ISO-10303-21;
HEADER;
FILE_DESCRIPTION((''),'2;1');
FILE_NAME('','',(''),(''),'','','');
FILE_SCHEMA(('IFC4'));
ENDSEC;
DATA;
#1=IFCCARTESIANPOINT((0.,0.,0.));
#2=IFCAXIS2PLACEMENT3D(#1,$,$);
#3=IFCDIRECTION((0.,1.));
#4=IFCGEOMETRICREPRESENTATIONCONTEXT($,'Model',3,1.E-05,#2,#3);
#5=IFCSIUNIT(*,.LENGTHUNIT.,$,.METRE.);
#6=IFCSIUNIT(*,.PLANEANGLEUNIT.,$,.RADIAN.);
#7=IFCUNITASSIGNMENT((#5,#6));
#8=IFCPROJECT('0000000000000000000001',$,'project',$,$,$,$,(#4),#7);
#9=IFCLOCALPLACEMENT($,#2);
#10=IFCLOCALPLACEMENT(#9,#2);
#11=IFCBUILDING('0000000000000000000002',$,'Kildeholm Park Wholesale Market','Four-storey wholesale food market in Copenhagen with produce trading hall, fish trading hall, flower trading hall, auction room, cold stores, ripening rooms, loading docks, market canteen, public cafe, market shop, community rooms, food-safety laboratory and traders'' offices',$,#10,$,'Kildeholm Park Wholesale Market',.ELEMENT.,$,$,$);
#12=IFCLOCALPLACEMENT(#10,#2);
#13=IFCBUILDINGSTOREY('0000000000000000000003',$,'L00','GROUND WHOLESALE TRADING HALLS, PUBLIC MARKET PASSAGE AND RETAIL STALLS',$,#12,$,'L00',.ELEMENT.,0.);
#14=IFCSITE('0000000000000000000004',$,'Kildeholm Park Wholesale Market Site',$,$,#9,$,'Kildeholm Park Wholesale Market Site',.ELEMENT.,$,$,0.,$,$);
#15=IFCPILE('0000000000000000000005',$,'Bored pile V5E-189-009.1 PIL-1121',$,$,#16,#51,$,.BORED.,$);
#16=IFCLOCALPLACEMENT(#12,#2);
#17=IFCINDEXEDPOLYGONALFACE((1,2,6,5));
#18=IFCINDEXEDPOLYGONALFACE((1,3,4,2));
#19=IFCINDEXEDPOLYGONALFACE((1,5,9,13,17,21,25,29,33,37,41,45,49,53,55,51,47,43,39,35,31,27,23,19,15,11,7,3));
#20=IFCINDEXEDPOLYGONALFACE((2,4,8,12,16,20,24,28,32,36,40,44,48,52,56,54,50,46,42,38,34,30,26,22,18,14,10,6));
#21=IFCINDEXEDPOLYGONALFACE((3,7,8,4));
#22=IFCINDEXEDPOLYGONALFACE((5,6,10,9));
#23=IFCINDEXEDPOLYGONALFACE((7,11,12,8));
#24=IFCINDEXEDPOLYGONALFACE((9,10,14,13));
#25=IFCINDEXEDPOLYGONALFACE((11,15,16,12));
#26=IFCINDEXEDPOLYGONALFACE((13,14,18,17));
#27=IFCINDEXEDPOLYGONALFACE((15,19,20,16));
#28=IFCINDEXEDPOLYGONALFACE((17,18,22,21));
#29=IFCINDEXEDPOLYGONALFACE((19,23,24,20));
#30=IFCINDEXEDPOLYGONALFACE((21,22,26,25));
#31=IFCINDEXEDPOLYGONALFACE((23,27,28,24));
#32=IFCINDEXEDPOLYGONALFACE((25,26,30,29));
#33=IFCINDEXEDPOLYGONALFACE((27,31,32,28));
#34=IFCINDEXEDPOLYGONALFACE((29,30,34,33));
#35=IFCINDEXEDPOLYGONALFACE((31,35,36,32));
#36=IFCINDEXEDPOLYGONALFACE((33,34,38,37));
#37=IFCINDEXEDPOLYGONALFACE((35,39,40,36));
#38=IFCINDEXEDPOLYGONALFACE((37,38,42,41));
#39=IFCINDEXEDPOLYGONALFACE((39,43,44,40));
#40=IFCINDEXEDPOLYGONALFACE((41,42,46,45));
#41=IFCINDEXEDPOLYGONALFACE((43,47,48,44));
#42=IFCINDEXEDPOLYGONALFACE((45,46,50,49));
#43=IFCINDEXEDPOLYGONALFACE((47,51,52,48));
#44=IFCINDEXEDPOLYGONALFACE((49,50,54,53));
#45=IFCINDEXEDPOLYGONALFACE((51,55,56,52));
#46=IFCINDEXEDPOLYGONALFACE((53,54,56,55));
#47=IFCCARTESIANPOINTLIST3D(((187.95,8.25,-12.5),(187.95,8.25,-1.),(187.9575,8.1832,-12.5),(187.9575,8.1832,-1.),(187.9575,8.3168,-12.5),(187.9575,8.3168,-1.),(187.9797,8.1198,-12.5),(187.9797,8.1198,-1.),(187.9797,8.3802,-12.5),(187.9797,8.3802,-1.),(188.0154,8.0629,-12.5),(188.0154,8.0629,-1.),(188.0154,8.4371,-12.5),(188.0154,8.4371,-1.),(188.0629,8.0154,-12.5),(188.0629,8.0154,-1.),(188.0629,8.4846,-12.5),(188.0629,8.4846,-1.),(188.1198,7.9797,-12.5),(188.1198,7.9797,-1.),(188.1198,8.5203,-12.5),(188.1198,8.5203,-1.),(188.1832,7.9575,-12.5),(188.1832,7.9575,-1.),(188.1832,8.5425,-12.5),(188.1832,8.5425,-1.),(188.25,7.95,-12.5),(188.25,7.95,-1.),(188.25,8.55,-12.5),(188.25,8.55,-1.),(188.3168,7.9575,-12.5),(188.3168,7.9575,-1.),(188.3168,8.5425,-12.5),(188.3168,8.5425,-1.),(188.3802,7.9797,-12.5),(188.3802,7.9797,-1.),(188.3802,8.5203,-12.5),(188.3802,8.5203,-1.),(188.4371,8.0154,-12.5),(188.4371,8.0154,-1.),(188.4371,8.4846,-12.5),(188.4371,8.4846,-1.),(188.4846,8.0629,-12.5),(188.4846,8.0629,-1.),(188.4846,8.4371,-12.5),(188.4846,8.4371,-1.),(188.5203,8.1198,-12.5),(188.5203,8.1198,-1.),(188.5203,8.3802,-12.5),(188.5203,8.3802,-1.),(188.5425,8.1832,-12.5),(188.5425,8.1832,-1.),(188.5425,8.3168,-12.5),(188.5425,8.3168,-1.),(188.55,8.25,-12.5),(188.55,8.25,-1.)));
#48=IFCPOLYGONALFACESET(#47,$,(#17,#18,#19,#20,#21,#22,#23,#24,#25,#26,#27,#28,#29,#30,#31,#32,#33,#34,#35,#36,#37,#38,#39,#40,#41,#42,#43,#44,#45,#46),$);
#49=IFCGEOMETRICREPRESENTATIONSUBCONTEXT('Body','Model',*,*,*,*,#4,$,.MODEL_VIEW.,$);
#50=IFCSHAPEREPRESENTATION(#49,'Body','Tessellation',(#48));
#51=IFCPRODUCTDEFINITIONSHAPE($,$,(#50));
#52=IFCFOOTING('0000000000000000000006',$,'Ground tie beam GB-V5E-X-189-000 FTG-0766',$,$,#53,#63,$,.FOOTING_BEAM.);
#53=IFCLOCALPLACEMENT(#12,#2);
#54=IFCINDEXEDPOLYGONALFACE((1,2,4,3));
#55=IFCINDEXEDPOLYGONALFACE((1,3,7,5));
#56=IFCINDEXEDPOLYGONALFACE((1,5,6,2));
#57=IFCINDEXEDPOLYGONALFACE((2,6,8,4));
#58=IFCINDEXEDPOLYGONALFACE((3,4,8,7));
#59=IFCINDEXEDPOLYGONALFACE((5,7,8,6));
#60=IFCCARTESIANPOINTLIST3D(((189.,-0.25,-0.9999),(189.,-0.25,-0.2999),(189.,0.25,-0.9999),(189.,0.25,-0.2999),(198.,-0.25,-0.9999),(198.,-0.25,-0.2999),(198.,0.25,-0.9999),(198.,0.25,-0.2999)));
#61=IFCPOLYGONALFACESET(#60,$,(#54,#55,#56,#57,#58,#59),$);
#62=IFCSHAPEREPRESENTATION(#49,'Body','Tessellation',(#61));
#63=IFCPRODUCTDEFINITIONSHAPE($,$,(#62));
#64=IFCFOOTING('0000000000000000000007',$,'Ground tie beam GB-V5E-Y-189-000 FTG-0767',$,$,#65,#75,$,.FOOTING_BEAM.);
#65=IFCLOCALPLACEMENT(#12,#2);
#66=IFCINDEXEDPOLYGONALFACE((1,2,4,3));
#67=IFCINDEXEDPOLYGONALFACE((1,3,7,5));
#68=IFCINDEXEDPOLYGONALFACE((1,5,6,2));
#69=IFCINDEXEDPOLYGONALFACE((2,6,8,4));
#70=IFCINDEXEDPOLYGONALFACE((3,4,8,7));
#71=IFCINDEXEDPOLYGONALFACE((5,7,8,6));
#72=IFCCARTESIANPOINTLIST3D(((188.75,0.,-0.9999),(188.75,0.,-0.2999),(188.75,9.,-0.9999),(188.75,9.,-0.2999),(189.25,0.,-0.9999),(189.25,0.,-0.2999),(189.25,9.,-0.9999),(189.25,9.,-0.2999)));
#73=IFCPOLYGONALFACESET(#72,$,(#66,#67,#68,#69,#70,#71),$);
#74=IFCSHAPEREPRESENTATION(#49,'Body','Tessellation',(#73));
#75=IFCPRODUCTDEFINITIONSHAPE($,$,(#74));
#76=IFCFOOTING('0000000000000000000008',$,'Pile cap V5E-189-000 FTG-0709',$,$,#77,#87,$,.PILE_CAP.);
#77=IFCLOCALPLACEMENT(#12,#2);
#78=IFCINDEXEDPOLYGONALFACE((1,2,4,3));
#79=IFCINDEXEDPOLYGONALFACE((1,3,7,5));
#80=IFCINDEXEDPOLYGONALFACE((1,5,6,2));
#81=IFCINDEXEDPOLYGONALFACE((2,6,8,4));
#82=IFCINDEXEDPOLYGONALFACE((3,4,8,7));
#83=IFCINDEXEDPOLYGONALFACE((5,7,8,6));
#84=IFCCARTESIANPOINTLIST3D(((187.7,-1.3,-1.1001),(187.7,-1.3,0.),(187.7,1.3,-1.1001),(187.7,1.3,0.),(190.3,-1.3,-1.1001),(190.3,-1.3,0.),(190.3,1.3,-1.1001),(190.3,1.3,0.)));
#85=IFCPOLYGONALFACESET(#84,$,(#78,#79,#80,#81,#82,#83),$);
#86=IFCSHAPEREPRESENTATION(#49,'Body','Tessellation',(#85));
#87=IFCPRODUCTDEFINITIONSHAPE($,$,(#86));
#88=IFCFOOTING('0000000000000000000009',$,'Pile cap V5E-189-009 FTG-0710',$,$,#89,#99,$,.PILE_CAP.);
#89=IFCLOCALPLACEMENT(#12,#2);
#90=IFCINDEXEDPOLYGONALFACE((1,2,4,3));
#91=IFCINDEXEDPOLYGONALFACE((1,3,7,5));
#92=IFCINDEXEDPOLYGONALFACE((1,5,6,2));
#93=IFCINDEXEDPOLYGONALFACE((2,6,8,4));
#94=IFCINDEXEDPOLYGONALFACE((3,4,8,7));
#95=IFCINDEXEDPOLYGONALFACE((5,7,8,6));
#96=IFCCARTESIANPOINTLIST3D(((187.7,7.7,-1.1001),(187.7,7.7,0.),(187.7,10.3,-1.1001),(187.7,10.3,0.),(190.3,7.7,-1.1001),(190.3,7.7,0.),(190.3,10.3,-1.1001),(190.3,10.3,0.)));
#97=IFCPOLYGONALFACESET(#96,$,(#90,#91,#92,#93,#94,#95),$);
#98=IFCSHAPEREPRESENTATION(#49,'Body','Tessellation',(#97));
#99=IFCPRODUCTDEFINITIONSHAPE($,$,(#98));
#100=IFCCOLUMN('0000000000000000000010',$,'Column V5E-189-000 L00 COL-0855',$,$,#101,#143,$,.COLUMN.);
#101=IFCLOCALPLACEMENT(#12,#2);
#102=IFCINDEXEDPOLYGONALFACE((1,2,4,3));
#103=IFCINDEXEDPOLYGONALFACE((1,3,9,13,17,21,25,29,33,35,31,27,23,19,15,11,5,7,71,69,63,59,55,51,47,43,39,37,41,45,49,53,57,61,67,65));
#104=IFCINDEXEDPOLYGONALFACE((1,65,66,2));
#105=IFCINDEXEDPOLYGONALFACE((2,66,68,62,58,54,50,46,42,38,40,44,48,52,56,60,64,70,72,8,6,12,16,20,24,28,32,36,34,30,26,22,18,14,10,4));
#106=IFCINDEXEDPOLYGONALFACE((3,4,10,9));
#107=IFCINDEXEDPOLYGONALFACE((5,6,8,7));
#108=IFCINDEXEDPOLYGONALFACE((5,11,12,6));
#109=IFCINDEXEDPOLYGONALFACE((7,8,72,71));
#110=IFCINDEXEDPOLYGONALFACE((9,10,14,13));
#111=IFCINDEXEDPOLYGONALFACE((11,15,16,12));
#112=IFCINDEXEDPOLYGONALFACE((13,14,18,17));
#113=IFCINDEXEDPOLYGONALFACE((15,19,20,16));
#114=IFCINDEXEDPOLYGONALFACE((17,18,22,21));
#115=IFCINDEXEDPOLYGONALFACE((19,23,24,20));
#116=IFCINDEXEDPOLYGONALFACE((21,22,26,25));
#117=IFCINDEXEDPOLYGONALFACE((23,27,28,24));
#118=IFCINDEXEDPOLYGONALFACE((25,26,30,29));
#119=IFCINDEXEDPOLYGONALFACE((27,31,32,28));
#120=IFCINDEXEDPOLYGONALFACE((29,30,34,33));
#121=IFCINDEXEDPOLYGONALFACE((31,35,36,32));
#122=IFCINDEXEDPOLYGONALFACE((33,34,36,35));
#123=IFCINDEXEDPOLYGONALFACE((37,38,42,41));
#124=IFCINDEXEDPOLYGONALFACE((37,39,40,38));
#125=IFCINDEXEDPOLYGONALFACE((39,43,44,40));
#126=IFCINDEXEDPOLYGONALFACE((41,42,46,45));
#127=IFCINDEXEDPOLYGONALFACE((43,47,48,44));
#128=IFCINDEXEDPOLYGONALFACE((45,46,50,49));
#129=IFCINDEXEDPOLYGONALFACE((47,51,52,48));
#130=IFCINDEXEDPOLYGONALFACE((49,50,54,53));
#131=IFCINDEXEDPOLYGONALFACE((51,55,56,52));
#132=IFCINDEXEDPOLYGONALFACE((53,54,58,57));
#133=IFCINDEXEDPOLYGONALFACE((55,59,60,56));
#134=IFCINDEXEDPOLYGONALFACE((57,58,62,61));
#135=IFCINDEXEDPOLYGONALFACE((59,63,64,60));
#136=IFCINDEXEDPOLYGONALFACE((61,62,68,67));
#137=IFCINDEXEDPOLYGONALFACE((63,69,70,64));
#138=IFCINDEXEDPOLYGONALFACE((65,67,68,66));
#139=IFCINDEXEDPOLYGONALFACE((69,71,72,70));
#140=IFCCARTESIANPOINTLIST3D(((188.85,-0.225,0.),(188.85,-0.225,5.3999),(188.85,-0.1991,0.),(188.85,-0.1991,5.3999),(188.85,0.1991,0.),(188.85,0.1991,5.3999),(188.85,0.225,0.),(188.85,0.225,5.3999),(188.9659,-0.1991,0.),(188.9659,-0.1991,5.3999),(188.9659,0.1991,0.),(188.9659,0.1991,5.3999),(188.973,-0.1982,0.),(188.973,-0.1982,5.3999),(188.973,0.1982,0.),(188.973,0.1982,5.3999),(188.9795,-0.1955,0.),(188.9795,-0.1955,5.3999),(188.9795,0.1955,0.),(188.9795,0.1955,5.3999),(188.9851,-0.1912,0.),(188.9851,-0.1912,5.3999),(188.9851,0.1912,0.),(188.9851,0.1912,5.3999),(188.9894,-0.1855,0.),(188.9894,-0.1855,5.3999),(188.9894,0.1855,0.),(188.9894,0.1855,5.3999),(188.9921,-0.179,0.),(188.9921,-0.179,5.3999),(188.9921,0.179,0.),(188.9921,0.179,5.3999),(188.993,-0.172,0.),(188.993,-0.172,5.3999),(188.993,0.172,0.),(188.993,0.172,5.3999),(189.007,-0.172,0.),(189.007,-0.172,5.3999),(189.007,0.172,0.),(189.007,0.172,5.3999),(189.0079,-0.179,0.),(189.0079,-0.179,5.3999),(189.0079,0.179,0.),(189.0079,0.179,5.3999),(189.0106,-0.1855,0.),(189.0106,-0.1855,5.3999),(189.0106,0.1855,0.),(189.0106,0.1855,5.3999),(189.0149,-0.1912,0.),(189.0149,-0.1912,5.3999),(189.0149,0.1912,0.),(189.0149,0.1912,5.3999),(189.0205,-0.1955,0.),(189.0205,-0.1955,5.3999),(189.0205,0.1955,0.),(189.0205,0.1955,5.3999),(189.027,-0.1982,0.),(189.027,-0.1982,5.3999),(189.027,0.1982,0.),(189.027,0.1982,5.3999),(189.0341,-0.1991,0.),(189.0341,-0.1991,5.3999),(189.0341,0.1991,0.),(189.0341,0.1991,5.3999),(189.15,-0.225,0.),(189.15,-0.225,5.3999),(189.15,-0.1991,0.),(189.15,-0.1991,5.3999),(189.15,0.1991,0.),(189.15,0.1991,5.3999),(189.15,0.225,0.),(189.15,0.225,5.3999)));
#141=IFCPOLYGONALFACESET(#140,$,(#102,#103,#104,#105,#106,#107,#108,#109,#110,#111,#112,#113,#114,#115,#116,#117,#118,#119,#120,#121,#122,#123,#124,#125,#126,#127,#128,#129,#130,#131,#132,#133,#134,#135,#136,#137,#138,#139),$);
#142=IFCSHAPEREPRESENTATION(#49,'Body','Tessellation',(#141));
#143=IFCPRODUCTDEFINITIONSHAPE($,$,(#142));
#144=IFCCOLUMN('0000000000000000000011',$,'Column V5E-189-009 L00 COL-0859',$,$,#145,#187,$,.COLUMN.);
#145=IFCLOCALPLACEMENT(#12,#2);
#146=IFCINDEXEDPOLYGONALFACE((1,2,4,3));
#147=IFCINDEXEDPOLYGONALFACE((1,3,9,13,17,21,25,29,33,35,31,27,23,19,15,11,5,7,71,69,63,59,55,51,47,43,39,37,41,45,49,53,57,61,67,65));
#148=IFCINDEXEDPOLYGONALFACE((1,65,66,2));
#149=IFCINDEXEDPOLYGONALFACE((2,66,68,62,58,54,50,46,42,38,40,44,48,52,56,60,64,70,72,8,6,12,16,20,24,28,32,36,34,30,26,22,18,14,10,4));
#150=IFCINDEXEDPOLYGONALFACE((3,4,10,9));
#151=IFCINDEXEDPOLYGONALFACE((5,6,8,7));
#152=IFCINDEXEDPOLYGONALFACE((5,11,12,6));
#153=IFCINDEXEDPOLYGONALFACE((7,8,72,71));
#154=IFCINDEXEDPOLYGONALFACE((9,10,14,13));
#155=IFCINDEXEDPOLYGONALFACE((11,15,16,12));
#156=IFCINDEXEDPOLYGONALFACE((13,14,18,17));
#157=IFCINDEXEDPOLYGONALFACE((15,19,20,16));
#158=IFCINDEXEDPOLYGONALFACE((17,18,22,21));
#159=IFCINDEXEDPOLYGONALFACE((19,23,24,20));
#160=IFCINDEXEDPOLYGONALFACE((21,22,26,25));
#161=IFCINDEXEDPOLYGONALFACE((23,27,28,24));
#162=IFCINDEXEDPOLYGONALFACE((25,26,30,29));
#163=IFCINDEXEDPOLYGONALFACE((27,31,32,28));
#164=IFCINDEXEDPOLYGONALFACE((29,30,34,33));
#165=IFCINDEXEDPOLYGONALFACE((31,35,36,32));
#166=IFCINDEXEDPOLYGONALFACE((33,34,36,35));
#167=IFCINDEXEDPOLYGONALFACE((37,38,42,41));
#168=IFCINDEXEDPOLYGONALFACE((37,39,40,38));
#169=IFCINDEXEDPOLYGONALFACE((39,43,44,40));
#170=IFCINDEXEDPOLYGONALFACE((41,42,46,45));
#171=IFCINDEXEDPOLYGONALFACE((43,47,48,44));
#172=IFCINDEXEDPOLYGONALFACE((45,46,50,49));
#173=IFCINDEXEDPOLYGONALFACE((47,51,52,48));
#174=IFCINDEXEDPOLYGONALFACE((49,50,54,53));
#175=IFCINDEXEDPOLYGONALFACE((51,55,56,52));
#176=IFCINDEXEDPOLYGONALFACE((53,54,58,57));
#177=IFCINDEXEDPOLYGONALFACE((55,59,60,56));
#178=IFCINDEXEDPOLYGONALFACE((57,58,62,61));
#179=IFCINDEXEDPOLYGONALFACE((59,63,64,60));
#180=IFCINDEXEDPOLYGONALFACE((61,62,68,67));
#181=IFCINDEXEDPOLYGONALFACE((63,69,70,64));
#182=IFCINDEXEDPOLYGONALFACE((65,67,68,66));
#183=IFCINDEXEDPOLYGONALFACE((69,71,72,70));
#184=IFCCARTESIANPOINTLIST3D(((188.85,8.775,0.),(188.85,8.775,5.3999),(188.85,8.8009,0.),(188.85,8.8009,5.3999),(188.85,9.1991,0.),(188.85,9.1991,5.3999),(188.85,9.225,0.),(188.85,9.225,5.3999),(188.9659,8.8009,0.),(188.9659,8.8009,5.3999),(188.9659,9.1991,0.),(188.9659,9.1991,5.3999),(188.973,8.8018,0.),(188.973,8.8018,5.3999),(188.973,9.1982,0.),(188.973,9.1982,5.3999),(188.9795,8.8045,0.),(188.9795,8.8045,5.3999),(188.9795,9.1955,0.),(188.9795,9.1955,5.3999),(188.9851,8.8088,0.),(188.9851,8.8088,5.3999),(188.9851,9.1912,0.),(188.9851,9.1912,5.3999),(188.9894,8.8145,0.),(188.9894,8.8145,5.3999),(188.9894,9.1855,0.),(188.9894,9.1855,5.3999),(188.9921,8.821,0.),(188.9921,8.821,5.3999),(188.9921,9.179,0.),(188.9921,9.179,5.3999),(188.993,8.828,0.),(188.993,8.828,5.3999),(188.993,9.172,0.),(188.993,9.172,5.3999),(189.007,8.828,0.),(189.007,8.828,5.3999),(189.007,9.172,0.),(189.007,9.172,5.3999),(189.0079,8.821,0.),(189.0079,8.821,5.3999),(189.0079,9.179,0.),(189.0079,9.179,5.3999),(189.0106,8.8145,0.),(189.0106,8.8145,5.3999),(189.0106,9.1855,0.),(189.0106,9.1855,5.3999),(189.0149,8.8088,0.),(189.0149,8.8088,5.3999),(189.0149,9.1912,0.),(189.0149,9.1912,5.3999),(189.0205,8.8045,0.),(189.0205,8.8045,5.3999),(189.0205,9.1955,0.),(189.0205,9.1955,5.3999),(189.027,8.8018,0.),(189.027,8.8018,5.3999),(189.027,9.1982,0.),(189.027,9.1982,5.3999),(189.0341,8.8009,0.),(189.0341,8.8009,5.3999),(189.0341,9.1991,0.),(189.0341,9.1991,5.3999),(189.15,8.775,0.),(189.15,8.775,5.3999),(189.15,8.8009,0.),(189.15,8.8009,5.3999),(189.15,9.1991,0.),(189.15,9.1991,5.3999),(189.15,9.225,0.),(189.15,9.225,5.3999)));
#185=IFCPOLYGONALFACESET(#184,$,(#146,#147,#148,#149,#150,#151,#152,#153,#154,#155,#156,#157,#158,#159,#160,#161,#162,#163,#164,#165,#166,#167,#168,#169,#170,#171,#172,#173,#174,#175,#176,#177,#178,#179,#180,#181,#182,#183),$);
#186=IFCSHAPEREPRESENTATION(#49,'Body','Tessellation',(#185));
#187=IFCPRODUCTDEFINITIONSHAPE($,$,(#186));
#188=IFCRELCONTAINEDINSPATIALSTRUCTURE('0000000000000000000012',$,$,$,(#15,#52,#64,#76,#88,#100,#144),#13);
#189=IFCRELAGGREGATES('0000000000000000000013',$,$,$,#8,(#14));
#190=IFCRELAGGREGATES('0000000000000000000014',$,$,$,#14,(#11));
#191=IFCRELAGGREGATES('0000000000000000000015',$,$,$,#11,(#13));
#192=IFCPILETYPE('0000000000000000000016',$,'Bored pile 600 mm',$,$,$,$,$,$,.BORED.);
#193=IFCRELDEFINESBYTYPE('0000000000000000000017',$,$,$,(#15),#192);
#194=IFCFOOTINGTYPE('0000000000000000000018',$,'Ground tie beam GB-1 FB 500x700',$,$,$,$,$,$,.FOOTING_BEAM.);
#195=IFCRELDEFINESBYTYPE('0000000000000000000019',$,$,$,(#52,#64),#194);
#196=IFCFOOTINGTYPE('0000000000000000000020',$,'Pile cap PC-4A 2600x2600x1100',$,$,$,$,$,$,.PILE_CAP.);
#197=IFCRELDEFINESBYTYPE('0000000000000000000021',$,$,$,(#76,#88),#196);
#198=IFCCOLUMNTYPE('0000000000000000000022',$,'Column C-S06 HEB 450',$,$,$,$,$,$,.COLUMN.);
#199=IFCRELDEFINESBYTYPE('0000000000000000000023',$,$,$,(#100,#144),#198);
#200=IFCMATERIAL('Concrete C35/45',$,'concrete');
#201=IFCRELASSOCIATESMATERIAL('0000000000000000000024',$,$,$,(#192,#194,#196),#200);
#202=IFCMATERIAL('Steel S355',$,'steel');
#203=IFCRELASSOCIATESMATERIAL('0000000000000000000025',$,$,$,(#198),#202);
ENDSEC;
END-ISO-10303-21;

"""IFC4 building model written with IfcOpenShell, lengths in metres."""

from ifc_helpers import new_model, si_unit, direction, frame, origin, origin_2d, place, context, subcontext, project, spatial, rectangle, circle, i_section, extrude, material, material_profile, profile_set, type_object, element, save


model = new_model("IFC4")

# Units and contexts
model_context = context("Model", 3, precision=1e-05, world=origin(), true_north=direction((0.0, 1.0)))
body_context = subcontext(model_context, "Body", "Model", "MODEL_VIEW")
ifc_project = project(units=[si_unit("LENGTHUNIT", "METRE"), si_unit("PLANEANGLEUNIT", "RADIAN")], contexts=[model_context])

# Site, building, storey
site_placement = place(None, origin())
site = spatial("IfcSite", under=ifc_project, at=site_placement, Name="Kildeholm Park Wholesale Market Site", LongName="Kildeholm Park Wholesale Market Site", CompositionType="ELEMENT", RefElevation=0.0)
building_placement = place(site_placement, origin())
building = spatial("IfcBuilding", under=site, at=building_placement, Name="Kildeholm Park Wholesale Market", Description="Four-storey wholesale food market in Copenhagen with produce trading hall, fish trading hall, flower trading hall, auction room, cold stores, ripening rooms, loading docks, market canteen, public cafe, market shop, community rooms, food-safety laboratory and traders' offices", LongName="Kildeholm Park Wholesale Market", CompositionType="ELEMENT")
storey_placement = place(building_placement, origin())
storey = spatial("IfcBuildingStorey", under=building, at=storey_placement, Name="L00", Description="GROUND WHOLESALE TRADING HALLS, PUBLIC MARKET PASSAGE AND RETAIL STALLS", LongName="L00", CompositionType="ELEMENT", Elevation=0.0)

# Pile
ifc_material_1 = material(Name="Concrete C35/45", Category="concrete")
ifc_material_profile_1 = material_profile(ifc_material_1, circle(Radius=0.3, at=origin_2d()), Name="PILE D600")
ifc_profile_set_1 = profile_set([ifc_material_profile_1], Name="Concrete C35/45")
pile_type = type_object("IfcPileType", Name="Bored pile 600 mm", PredefinedType="BORED", material=ifc_profile_set_1)
for number, where, z_axis, x_axis, name in (
    (1, (188.25, 8.25, -1.0), (0.0, 0.0, -1.0), (1.0, 0.0, 0.0), "Bored pile V5E-189-009.1 PIL-1121"),
):
    element("IfcPile", number, at=place(storey_placement, frame(where, z_axis=z_axis, x_axis=x_axis)), inside=storey, type_object=pile_type, Name=name, PredefinedType="BORED", context=body_context, shape_type="SweptSolid", body=[
        extrude(circle(Radius=0.3, at=origin_2d()), origin(), (0.0, 0.0, 1.0), 11.5),
    ])

# Footings
ifc_material_profile_2 = material_profile(ifc_material_1, rectangle(XDim=0.5, YDim=0.7, at=origin_2d()), Name="FB 500x700")
ifc_profile_set_2 = profile_set([ifc_material_profile_2], Name="Concrete C35/45")
footing_type_1 = type_object("IfcFootingType", Name="Ground tie beam GB-1 FB 500x700", PredefinedType="FOOTING_BEAM", material=ifc_profile_set_2)
for number, where, z_axis, x_axis, name in (
    (2, (189.0, 0.0, -0.6499), (1.0, 0.0, 0.0), (0.0, 1.0, 0.0), "Ground tie beam GB-V5E-X-189-000 FTG-0766"),
    (3, (189.0, 0.0, -0.6499), (0.0, 1.0, 0.0), (-1.0, 0.0, 0.0), "Ground tie beam GB-V5E-Y-189-000 FTG-0767"),
):
    element("IfcFooting", number, at=place(storey_placement, frame(where, z_axis=z_axis, x_axis=x_axis)), inside=storey, type_object=footing_type_1, Name=name, PredefinedType="FOOTING_BEAM", context=body_context, shape_type="SweptSolid", body=[
        extrude(rectangle(XDim=0.5, YDim=0.7, at=origin_2d()), origin(), (0.0, 0.0, 1.0), 9.0),
    ])
footing_type_2 = type_object("IfcFootingType", Name="Pile cap PC-4A 2600x2600x1100", PredefinedType="PILE_CAP", material=ifc_material_1)
for number, where, z_axis, x_axis, name in (
    (4, (189.0, 0.0, -1.1001), (0.0, 0.0, 1.0), (1.0, 0.0, 0.0), "Pile cap V5E-189-000 FTG-0709"),
    (5, (189.0, 9.0, -1.1001), (0.0, 0.0, 1.0), (1.0, 0.0, 0.0), "Pile cap V5E-189-009 FTG-0710"),
):
    element("IfcFooting", number, at=place(storey_placement, frame(where, z_axis=z_axis, x_axis=x_axis)), inside=storey, type_object=footing_type_2, Name=name, PredefinedType="PILE_CAP", context=body_context, shape_type="SweptSolid", body=[
        extrude(rectangle(XDim=2.6001, YDim=2.6001, at=origin_2d()), origin(), (0.0, 0.0, 1.0), 1.1001),
    ])

# Columns
ifc_material_2 = material(Name="Steel S355", Category="steel")
ifc_material_profile_3 = material_profile(ifc_material_2, i_section(OverallWidth=0.3, OverallDepth=0.45, WebThickness=0.0139, FlangeThickness=0.0259, FilletRadius=0.0271, at=origin_2d()), Name="HEB 450")
ifc_profile_set_3 = profile_set([ifc_material_profile_3], Name="Steel S355")
column_type = type_object("IfcColumnType", Name="Column C-S06 HEB 450", PredefinedType="COLUMN", material=ifc_profile_set_3)
for number, where, z_axis, x_axis, name in (
    (6, (189.0, 0.0, 0.0), (0.0, 0.0, 1.0), (1.0, 0.0, 0.0), "Column V5E-189-000 L00 COL-0855"),
    (7, (189.0, 9.0, 0.0), (0.0, 0.0, 1.0), (1.0, 0.0, 0.0), "Column V5E-189-009 L00 COL-0859"),
):
    element("IfcColumn", number, at=place(storey_placement, frame(where, z_axis=z_axis, x_axis=x_axis)), inside=storey, type_object=column_type, Name=name, PredefinedType="COLUMN", context=body_context, shape_type="SweptSolid", body=[
        extrude(i_section(OverallWidth=0.3, OverallDepth=0.45, WebThickness=0.0139, FlangeThickness=0.0259, FilletRadius=0.0271, at=origin_2d()), origin(), (0.0, 0.0, 1.0), 5.3999),
    ])

save(model, "model.ifc")
